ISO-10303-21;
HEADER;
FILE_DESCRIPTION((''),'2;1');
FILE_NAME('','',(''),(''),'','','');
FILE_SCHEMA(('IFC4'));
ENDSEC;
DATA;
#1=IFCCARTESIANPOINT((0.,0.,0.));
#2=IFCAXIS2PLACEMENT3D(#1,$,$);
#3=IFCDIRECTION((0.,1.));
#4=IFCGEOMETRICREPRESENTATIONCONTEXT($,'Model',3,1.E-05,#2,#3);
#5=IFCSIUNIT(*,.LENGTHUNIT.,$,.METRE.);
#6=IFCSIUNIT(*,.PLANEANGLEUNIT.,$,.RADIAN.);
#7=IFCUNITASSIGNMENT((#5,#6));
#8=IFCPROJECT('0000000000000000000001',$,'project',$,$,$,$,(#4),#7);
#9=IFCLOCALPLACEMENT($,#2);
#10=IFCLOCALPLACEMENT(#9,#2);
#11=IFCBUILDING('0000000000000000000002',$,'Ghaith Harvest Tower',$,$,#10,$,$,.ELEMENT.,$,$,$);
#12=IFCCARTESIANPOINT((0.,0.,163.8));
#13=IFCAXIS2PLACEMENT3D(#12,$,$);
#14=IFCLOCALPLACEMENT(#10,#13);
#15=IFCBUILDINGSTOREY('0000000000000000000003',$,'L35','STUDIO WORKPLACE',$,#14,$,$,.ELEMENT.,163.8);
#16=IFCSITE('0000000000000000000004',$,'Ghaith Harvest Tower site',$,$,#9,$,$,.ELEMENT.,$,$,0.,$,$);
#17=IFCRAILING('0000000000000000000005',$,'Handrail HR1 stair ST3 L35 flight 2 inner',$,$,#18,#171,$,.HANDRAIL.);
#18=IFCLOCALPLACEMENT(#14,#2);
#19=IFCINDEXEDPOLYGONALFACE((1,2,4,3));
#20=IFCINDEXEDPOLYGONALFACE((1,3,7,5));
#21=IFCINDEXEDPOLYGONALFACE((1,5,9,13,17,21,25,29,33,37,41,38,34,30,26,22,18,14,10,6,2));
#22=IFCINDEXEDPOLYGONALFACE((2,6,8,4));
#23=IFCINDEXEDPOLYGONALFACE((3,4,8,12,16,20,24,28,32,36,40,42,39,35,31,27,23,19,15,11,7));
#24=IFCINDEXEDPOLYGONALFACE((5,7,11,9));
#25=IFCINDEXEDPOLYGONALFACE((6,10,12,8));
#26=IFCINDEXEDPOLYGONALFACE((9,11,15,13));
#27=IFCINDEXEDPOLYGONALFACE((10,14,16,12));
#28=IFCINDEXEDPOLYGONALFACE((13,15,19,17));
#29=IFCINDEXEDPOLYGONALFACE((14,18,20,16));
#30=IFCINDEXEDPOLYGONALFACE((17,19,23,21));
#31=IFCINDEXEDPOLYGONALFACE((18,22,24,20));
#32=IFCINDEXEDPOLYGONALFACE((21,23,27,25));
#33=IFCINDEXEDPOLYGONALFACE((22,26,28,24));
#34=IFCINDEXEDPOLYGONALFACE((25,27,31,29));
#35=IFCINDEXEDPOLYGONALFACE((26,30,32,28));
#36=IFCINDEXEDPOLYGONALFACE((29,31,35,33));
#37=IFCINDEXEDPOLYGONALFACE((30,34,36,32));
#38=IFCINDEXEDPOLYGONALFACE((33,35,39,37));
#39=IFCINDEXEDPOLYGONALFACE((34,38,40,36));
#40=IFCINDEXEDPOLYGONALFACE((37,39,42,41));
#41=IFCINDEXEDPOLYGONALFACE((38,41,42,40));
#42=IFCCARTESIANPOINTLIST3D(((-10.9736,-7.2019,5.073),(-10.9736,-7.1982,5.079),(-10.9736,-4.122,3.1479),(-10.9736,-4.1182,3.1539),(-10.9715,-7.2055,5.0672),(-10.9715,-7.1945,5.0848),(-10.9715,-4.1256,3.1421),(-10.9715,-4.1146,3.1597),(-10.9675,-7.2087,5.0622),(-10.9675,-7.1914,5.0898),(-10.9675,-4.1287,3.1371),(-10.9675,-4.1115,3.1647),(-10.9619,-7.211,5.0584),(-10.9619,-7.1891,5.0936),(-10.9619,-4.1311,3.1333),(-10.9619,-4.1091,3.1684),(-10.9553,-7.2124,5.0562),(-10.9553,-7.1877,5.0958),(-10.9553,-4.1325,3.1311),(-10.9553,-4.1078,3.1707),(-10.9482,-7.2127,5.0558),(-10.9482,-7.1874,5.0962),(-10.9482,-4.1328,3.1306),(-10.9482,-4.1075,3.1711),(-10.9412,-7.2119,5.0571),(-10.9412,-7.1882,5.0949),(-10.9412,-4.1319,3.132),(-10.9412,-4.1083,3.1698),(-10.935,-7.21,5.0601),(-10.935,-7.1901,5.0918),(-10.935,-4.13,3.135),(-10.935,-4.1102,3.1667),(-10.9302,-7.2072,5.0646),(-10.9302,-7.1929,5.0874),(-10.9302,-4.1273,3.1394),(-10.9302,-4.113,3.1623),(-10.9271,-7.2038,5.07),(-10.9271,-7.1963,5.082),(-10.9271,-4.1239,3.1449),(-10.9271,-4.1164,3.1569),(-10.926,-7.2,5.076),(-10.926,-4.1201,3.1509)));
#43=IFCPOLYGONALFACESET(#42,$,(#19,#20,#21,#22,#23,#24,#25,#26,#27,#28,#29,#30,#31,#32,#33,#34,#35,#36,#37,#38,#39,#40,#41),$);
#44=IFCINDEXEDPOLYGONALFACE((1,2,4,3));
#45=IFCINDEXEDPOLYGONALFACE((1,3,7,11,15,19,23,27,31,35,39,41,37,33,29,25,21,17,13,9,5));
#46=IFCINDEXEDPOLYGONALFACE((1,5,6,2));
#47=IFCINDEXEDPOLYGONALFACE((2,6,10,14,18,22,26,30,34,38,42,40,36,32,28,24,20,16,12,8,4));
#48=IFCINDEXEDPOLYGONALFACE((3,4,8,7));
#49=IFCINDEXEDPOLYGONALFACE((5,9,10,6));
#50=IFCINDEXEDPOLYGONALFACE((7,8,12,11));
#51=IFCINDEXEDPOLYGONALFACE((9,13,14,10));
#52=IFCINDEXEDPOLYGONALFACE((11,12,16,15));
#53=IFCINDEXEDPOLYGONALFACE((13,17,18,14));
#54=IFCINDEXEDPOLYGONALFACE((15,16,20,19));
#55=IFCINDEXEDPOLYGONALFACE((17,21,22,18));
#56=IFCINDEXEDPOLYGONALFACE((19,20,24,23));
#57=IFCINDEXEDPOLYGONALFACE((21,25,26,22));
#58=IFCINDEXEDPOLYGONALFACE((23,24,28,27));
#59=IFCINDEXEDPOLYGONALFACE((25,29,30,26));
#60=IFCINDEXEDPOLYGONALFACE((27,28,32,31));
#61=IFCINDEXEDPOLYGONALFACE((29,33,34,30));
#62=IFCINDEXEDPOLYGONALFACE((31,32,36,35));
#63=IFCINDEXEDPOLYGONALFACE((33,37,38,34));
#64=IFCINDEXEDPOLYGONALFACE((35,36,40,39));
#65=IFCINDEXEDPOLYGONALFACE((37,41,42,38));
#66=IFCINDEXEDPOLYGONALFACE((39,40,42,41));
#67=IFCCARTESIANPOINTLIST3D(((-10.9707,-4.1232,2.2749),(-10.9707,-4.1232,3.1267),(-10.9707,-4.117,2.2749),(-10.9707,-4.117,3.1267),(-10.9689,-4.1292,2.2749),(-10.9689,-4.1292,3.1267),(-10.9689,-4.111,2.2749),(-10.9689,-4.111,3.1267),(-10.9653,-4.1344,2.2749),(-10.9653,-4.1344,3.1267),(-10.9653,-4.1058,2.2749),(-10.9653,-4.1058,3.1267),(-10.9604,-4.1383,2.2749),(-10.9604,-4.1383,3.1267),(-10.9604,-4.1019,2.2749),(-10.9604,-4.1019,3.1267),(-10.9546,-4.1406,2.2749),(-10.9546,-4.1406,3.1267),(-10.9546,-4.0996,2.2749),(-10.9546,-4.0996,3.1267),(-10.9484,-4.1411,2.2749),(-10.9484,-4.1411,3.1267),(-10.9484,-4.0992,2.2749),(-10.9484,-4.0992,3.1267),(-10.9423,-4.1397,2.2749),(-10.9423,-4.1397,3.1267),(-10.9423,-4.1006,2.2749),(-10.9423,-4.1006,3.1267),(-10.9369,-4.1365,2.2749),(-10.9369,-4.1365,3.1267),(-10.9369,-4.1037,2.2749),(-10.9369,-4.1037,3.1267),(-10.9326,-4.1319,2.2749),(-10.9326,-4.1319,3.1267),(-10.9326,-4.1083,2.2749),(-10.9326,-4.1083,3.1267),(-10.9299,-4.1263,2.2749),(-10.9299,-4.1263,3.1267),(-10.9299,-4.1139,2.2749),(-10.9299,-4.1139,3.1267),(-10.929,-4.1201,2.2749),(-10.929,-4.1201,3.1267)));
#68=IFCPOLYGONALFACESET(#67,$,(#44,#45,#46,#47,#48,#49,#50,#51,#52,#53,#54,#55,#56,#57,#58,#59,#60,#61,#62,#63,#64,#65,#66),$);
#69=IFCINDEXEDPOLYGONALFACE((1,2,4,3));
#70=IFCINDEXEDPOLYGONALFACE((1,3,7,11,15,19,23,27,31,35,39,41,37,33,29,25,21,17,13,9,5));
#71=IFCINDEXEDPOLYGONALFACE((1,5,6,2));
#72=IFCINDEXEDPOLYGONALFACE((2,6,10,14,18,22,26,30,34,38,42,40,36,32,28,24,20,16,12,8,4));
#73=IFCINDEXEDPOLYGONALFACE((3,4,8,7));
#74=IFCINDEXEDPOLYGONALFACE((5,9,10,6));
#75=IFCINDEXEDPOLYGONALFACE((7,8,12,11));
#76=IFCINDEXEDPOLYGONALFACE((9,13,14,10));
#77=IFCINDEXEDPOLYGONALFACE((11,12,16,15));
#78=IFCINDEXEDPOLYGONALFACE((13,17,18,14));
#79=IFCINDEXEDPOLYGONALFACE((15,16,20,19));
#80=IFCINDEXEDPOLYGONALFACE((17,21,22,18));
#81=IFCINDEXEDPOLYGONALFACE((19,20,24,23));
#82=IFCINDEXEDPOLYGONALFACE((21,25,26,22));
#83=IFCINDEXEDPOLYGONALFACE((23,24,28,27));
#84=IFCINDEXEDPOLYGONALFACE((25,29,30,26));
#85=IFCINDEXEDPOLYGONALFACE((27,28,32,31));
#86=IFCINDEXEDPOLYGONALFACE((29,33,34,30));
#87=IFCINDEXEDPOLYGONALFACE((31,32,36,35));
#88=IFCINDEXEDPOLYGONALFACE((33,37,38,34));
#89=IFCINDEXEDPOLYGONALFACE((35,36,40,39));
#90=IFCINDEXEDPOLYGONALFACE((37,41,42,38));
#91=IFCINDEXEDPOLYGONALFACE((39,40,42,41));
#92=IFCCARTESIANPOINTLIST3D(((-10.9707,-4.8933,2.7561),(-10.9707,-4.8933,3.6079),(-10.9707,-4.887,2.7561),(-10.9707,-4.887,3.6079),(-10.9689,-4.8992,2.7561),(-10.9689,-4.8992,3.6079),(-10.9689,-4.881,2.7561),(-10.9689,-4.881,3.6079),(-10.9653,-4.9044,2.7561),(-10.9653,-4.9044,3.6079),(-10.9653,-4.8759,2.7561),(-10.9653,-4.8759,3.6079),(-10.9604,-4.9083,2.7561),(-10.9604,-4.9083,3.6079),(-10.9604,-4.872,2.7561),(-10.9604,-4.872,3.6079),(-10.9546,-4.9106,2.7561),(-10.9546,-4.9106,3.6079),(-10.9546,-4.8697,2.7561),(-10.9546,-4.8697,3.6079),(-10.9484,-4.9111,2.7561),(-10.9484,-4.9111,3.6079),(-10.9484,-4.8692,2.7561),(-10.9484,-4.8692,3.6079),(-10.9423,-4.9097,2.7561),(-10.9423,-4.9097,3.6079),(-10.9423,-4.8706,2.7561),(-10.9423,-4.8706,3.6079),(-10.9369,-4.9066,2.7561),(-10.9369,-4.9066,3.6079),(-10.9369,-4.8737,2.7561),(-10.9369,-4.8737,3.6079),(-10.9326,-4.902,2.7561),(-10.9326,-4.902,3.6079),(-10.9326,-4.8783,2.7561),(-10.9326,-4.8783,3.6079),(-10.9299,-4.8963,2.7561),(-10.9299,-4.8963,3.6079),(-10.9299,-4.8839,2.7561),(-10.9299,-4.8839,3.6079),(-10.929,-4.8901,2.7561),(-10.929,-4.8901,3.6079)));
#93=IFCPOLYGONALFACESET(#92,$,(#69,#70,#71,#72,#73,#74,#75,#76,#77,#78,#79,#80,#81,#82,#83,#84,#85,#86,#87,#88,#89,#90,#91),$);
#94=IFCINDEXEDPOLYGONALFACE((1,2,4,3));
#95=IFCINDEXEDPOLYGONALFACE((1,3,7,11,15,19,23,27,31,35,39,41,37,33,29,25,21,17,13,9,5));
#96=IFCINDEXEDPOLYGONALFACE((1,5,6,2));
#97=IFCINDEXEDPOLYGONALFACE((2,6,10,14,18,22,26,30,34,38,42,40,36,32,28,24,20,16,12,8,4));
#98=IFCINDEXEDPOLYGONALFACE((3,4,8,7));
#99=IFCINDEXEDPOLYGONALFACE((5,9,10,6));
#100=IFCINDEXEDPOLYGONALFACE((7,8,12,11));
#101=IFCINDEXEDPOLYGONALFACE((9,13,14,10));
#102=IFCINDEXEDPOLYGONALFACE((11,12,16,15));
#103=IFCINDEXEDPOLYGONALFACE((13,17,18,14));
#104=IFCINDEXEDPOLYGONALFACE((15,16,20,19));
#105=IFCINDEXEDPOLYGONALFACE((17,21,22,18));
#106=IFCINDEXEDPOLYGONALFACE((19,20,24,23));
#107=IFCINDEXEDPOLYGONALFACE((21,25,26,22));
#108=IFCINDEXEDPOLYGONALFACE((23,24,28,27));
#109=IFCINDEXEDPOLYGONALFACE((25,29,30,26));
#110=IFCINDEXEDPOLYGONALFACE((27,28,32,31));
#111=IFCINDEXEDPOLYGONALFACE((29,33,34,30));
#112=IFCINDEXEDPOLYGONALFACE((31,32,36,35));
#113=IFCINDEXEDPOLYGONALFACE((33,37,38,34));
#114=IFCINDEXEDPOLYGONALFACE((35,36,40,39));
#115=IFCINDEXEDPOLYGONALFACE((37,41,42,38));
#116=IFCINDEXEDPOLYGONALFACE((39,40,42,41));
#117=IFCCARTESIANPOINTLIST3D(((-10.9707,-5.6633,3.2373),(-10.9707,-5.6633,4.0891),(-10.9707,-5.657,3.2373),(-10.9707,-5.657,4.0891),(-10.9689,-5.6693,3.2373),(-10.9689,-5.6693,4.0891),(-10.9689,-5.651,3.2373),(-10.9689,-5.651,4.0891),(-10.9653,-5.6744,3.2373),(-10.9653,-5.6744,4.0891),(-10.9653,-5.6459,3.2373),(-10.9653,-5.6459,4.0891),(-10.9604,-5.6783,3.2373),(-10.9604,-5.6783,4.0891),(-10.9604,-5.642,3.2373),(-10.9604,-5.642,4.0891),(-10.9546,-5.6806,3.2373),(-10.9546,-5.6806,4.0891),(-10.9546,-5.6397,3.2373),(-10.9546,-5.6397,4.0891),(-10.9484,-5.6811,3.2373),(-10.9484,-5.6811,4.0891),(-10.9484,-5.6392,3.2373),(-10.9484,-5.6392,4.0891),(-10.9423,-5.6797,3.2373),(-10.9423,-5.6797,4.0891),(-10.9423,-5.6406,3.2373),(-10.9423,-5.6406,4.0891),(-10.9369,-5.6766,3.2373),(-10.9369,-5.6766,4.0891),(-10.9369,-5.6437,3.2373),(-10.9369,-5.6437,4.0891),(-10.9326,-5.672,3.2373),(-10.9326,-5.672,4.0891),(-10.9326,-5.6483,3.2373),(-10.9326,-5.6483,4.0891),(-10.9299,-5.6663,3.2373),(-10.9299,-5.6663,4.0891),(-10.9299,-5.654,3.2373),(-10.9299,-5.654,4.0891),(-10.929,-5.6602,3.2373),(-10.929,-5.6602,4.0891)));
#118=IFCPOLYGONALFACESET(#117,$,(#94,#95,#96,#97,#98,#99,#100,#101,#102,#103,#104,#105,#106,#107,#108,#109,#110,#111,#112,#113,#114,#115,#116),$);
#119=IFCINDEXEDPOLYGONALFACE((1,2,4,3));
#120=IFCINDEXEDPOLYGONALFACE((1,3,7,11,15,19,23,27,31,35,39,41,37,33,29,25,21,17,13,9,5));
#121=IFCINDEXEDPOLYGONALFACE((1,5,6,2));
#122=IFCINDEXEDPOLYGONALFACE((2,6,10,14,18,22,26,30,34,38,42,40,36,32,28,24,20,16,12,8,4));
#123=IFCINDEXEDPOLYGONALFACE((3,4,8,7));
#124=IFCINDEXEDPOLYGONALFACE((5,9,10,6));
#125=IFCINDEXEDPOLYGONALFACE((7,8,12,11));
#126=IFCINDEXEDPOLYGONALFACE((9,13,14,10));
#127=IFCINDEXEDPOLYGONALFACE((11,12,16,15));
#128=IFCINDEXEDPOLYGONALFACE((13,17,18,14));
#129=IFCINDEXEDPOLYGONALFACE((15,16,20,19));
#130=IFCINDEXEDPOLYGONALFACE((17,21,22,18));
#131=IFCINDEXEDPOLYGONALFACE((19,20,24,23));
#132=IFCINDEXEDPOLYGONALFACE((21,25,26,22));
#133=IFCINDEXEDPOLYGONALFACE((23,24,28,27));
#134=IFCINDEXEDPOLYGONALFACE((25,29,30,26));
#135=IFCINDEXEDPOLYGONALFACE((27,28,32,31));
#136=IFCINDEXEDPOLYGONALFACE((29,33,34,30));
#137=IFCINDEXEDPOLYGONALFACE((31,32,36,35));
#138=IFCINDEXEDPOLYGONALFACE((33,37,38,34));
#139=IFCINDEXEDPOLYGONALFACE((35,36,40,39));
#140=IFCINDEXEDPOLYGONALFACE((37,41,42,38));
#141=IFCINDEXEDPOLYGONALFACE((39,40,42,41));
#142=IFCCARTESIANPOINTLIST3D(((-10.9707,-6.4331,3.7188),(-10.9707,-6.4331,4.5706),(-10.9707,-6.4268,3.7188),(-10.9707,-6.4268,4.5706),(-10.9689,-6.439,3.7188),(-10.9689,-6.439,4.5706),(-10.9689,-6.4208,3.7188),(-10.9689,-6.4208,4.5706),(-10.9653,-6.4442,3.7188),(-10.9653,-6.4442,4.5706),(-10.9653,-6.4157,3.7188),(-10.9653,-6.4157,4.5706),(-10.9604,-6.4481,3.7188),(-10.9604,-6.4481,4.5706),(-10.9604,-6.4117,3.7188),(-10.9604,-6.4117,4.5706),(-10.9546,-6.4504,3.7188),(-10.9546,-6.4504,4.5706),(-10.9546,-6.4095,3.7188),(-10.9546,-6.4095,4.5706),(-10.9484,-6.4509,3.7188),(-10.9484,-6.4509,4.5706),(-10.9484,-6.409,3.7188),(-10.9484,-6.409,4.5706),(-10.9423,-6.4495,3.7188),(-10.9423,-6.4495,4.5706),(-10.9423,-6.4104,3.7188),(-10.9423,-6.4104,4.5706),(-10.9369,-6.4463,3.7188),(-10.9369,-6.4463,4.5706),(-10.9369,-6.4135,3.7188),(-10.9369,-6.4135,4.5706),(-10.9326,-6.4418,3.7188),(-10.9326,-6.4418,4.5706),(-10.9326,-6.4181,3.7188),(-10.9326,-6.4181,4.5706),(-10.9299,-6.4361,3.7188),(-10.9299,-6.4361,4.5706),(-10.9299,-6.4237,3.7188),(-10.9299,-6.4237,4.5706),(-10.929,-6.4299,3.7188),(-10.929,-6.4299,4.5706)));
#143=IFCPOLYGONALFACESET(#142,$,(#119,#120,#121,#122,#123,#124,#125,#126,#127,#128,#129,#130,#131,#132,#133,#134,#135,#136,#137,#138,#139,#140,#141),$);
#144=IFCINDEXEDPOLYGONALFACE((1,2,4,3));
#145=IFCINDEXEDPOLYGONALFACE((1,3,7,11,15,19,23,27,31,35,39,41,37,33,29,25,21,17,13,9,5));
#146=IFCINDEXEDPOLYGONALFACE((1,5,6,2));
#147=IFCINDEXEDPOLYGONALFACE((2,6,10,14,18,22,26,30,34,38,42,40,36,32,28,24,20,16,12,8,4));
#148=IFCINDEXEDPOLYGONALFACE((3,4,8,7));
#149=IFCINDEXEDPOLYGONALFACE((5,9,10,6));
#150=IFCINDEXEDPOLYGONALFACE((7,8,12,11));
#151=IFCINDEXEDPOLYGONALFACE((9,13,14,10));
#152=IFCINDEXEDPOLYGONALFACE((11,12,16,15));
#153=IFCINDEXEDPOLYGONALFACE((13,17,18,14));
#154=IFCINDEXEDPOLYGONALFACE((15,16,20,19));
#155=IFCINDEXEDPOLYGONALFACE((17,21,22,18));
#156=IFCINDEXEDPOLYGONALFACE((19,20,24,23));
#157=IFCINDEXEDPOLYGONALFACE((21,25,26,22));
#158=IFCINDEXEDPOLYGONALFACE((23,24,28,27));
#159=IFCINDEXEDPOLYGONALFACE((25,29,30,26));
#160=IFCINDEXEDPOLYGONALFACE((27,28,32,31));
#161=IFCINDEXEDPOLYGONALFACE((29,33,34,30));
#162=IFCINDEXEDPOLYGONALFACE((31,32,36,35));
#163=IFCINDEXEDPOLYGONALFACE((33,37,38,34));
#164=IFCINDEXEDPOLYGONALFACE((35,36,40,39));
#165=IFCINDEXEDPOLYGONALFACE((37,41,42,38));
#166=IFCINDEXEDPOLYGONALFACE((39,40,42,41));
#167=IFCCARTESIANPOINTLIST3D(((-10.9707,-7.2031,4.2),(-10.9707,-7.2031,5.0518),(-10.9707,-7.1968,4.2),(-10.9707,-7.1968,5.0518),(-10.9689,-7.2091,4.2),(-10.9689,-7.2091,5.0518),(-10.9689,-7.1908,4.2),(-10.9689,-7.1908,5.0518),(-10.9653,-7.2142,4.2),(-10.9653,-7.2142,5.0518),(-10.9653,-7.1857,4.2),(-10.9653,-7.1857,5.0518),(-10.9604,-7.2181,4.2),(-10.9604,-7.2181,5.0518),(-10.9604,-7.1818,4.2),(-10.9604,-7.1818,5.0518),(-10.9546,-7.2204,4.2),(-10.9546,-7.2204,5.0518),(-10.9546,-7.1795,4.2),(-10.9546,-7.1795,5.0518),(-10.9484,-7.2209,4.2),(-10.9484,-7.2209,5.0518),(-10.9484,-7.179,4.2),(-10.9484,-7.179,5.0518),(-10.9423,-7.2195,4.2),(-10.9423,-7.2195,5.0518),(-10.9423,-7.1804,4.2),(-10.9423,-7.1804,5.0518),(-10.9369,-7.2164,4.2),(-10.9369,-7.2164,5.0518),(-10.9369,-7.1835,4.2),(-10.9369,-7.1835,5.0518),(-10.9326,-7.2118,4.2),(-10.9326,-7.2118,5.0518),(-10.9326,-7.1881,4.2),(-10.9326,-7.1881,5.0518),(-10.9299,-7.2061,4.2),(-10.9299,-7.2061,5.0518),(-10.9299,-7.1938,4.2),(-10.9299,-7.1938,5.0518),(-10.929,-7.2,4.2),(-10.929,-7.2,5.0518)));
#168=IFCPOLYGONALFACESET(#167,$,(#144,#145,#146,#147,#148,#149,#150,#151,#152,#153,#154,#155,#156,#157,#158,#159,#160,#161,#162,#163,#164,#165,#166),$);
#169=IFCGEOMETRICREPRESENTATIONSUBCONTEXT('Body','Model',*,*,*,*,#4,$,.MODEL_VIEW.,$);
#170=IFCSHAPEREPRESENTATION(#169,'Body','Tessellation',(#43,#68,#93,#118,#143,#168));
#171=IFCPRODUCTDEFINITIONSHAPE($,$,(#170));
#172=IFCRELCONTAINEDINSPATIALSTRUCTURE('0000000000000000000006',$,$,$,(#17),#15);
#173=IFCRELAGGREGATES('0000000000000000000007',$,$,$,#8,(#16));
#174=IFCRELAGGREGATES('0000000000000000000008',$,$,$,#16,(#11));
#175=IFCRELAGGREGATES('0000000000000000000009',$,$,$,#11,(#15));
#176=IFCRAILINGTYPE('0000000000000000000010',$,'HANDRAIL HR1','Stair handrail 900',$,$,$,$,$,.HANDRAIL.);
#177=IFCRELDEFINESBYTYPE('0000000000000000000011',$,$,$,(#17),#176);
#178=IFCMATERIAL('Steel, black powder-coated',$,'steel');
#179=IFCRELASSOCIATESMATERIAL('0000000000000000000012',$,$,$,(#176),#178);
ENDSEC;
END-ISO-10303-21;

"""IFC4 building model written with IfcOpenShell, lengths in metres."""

from ifc_helpers import new_model, si_unit, direction, frame, origin, origin_2d, place, context, subcontext, project, spatial, circle, extrude, material, type_object, element, save


model = new_model("IFC4")

# Units and contexts
model_context = context("Model", 3, precision=1e-05, world=origin(), true_north=direction((0.0, 1.0)))
body_context = subcontext(model_context, "Body", "Model", "MODEL_VIEW")
ifc_project = project(units=[si_unit("LENGTHUNIT", "METRE"), si_unit("PLANEANGLEUNIT", "RADIAN")], contexts=[model_context])

# Site, building, storey
site_placement = place(None, origin())
site = spatial("IfcSite", under=ifc_project, at=site_placement, Name="Ghaith Harvest Tower site", CompositionType="ELEMENT", RefElevation=0.0)
building_placement = place(site_placement, origin())
building = spatial("IfcBuilding", under=site, at=building_placement, Name="Ghaith Harvest Tower", CompositionType="ELEMENT")
storey_placement = place(building_placement, frame((0.0, 0.0, 163.8)))
storey = spatial("IfcBuildingStorey", under=building, at=storey_placement, Name="L35", Description="STUDIO WORKPLACE", CompositionType="ELEMENT", Elevation=163.8)

# Railing
ifc_material_1 = material(Name="Steel, black powder-coated", Category="steel")
railing_type = type_object("IfcRailingType", Name="HANDRAIL HR1", Description="Stair handrail 900", PredefinedType="HANDRAIL", material=ifc_material_1)
railing_1_placement = place(storey_placement, frame((-10.95, -4.1201, 2.2749)))
element("IfcRailing", 1, at=railing_1_placement, inside=storey, type_object=railing_type, Name="Handrail HR1 stair ST3 L35 flight 2 inner", PredefinedType="HANDRAIL", context=body_context, shape_type="SweptSolid", body=[
    extrude(circle(Radius=0.0239, at=origin_2d()), frame((0.0, 0.0, 0.876), z_axis=(0.0, -0.847979, 0.530029), x_axis=(1.0, 0.0, 0.0)), (0.0, 0.0, 1.0), 3.6321),
    extrude(circle(Radius=0.021, at=origin_2d()), origin(), (0.0, 0.0, 1.0), 0.8518),
    extrude(circle(Radius=0.021, at=origin_2d()), frame((0.0, -0.77, 0.4812)), (0.0, 0.0, 1.0), 0.8518),
    extrude(circle(Radius=0.021, at=origin_2d()), frame((0.0, -1.54, 0.9624)), (0.0, 0.0, 1.0), 0.8518),
    extrude(circle(Radius=0.021, at=origin_2d()), frame((0.0, -2.3098, 1.4438)), (0.0, 0.0, 1.0), 0.8518),
    extrude(circle(Radius=0.021, at=origin_2d()), frame((0.0, -3.0798, 1.925)), (0.0, 0.0, 1.0), 0.8518),
])

save(model, "model.ifc")
